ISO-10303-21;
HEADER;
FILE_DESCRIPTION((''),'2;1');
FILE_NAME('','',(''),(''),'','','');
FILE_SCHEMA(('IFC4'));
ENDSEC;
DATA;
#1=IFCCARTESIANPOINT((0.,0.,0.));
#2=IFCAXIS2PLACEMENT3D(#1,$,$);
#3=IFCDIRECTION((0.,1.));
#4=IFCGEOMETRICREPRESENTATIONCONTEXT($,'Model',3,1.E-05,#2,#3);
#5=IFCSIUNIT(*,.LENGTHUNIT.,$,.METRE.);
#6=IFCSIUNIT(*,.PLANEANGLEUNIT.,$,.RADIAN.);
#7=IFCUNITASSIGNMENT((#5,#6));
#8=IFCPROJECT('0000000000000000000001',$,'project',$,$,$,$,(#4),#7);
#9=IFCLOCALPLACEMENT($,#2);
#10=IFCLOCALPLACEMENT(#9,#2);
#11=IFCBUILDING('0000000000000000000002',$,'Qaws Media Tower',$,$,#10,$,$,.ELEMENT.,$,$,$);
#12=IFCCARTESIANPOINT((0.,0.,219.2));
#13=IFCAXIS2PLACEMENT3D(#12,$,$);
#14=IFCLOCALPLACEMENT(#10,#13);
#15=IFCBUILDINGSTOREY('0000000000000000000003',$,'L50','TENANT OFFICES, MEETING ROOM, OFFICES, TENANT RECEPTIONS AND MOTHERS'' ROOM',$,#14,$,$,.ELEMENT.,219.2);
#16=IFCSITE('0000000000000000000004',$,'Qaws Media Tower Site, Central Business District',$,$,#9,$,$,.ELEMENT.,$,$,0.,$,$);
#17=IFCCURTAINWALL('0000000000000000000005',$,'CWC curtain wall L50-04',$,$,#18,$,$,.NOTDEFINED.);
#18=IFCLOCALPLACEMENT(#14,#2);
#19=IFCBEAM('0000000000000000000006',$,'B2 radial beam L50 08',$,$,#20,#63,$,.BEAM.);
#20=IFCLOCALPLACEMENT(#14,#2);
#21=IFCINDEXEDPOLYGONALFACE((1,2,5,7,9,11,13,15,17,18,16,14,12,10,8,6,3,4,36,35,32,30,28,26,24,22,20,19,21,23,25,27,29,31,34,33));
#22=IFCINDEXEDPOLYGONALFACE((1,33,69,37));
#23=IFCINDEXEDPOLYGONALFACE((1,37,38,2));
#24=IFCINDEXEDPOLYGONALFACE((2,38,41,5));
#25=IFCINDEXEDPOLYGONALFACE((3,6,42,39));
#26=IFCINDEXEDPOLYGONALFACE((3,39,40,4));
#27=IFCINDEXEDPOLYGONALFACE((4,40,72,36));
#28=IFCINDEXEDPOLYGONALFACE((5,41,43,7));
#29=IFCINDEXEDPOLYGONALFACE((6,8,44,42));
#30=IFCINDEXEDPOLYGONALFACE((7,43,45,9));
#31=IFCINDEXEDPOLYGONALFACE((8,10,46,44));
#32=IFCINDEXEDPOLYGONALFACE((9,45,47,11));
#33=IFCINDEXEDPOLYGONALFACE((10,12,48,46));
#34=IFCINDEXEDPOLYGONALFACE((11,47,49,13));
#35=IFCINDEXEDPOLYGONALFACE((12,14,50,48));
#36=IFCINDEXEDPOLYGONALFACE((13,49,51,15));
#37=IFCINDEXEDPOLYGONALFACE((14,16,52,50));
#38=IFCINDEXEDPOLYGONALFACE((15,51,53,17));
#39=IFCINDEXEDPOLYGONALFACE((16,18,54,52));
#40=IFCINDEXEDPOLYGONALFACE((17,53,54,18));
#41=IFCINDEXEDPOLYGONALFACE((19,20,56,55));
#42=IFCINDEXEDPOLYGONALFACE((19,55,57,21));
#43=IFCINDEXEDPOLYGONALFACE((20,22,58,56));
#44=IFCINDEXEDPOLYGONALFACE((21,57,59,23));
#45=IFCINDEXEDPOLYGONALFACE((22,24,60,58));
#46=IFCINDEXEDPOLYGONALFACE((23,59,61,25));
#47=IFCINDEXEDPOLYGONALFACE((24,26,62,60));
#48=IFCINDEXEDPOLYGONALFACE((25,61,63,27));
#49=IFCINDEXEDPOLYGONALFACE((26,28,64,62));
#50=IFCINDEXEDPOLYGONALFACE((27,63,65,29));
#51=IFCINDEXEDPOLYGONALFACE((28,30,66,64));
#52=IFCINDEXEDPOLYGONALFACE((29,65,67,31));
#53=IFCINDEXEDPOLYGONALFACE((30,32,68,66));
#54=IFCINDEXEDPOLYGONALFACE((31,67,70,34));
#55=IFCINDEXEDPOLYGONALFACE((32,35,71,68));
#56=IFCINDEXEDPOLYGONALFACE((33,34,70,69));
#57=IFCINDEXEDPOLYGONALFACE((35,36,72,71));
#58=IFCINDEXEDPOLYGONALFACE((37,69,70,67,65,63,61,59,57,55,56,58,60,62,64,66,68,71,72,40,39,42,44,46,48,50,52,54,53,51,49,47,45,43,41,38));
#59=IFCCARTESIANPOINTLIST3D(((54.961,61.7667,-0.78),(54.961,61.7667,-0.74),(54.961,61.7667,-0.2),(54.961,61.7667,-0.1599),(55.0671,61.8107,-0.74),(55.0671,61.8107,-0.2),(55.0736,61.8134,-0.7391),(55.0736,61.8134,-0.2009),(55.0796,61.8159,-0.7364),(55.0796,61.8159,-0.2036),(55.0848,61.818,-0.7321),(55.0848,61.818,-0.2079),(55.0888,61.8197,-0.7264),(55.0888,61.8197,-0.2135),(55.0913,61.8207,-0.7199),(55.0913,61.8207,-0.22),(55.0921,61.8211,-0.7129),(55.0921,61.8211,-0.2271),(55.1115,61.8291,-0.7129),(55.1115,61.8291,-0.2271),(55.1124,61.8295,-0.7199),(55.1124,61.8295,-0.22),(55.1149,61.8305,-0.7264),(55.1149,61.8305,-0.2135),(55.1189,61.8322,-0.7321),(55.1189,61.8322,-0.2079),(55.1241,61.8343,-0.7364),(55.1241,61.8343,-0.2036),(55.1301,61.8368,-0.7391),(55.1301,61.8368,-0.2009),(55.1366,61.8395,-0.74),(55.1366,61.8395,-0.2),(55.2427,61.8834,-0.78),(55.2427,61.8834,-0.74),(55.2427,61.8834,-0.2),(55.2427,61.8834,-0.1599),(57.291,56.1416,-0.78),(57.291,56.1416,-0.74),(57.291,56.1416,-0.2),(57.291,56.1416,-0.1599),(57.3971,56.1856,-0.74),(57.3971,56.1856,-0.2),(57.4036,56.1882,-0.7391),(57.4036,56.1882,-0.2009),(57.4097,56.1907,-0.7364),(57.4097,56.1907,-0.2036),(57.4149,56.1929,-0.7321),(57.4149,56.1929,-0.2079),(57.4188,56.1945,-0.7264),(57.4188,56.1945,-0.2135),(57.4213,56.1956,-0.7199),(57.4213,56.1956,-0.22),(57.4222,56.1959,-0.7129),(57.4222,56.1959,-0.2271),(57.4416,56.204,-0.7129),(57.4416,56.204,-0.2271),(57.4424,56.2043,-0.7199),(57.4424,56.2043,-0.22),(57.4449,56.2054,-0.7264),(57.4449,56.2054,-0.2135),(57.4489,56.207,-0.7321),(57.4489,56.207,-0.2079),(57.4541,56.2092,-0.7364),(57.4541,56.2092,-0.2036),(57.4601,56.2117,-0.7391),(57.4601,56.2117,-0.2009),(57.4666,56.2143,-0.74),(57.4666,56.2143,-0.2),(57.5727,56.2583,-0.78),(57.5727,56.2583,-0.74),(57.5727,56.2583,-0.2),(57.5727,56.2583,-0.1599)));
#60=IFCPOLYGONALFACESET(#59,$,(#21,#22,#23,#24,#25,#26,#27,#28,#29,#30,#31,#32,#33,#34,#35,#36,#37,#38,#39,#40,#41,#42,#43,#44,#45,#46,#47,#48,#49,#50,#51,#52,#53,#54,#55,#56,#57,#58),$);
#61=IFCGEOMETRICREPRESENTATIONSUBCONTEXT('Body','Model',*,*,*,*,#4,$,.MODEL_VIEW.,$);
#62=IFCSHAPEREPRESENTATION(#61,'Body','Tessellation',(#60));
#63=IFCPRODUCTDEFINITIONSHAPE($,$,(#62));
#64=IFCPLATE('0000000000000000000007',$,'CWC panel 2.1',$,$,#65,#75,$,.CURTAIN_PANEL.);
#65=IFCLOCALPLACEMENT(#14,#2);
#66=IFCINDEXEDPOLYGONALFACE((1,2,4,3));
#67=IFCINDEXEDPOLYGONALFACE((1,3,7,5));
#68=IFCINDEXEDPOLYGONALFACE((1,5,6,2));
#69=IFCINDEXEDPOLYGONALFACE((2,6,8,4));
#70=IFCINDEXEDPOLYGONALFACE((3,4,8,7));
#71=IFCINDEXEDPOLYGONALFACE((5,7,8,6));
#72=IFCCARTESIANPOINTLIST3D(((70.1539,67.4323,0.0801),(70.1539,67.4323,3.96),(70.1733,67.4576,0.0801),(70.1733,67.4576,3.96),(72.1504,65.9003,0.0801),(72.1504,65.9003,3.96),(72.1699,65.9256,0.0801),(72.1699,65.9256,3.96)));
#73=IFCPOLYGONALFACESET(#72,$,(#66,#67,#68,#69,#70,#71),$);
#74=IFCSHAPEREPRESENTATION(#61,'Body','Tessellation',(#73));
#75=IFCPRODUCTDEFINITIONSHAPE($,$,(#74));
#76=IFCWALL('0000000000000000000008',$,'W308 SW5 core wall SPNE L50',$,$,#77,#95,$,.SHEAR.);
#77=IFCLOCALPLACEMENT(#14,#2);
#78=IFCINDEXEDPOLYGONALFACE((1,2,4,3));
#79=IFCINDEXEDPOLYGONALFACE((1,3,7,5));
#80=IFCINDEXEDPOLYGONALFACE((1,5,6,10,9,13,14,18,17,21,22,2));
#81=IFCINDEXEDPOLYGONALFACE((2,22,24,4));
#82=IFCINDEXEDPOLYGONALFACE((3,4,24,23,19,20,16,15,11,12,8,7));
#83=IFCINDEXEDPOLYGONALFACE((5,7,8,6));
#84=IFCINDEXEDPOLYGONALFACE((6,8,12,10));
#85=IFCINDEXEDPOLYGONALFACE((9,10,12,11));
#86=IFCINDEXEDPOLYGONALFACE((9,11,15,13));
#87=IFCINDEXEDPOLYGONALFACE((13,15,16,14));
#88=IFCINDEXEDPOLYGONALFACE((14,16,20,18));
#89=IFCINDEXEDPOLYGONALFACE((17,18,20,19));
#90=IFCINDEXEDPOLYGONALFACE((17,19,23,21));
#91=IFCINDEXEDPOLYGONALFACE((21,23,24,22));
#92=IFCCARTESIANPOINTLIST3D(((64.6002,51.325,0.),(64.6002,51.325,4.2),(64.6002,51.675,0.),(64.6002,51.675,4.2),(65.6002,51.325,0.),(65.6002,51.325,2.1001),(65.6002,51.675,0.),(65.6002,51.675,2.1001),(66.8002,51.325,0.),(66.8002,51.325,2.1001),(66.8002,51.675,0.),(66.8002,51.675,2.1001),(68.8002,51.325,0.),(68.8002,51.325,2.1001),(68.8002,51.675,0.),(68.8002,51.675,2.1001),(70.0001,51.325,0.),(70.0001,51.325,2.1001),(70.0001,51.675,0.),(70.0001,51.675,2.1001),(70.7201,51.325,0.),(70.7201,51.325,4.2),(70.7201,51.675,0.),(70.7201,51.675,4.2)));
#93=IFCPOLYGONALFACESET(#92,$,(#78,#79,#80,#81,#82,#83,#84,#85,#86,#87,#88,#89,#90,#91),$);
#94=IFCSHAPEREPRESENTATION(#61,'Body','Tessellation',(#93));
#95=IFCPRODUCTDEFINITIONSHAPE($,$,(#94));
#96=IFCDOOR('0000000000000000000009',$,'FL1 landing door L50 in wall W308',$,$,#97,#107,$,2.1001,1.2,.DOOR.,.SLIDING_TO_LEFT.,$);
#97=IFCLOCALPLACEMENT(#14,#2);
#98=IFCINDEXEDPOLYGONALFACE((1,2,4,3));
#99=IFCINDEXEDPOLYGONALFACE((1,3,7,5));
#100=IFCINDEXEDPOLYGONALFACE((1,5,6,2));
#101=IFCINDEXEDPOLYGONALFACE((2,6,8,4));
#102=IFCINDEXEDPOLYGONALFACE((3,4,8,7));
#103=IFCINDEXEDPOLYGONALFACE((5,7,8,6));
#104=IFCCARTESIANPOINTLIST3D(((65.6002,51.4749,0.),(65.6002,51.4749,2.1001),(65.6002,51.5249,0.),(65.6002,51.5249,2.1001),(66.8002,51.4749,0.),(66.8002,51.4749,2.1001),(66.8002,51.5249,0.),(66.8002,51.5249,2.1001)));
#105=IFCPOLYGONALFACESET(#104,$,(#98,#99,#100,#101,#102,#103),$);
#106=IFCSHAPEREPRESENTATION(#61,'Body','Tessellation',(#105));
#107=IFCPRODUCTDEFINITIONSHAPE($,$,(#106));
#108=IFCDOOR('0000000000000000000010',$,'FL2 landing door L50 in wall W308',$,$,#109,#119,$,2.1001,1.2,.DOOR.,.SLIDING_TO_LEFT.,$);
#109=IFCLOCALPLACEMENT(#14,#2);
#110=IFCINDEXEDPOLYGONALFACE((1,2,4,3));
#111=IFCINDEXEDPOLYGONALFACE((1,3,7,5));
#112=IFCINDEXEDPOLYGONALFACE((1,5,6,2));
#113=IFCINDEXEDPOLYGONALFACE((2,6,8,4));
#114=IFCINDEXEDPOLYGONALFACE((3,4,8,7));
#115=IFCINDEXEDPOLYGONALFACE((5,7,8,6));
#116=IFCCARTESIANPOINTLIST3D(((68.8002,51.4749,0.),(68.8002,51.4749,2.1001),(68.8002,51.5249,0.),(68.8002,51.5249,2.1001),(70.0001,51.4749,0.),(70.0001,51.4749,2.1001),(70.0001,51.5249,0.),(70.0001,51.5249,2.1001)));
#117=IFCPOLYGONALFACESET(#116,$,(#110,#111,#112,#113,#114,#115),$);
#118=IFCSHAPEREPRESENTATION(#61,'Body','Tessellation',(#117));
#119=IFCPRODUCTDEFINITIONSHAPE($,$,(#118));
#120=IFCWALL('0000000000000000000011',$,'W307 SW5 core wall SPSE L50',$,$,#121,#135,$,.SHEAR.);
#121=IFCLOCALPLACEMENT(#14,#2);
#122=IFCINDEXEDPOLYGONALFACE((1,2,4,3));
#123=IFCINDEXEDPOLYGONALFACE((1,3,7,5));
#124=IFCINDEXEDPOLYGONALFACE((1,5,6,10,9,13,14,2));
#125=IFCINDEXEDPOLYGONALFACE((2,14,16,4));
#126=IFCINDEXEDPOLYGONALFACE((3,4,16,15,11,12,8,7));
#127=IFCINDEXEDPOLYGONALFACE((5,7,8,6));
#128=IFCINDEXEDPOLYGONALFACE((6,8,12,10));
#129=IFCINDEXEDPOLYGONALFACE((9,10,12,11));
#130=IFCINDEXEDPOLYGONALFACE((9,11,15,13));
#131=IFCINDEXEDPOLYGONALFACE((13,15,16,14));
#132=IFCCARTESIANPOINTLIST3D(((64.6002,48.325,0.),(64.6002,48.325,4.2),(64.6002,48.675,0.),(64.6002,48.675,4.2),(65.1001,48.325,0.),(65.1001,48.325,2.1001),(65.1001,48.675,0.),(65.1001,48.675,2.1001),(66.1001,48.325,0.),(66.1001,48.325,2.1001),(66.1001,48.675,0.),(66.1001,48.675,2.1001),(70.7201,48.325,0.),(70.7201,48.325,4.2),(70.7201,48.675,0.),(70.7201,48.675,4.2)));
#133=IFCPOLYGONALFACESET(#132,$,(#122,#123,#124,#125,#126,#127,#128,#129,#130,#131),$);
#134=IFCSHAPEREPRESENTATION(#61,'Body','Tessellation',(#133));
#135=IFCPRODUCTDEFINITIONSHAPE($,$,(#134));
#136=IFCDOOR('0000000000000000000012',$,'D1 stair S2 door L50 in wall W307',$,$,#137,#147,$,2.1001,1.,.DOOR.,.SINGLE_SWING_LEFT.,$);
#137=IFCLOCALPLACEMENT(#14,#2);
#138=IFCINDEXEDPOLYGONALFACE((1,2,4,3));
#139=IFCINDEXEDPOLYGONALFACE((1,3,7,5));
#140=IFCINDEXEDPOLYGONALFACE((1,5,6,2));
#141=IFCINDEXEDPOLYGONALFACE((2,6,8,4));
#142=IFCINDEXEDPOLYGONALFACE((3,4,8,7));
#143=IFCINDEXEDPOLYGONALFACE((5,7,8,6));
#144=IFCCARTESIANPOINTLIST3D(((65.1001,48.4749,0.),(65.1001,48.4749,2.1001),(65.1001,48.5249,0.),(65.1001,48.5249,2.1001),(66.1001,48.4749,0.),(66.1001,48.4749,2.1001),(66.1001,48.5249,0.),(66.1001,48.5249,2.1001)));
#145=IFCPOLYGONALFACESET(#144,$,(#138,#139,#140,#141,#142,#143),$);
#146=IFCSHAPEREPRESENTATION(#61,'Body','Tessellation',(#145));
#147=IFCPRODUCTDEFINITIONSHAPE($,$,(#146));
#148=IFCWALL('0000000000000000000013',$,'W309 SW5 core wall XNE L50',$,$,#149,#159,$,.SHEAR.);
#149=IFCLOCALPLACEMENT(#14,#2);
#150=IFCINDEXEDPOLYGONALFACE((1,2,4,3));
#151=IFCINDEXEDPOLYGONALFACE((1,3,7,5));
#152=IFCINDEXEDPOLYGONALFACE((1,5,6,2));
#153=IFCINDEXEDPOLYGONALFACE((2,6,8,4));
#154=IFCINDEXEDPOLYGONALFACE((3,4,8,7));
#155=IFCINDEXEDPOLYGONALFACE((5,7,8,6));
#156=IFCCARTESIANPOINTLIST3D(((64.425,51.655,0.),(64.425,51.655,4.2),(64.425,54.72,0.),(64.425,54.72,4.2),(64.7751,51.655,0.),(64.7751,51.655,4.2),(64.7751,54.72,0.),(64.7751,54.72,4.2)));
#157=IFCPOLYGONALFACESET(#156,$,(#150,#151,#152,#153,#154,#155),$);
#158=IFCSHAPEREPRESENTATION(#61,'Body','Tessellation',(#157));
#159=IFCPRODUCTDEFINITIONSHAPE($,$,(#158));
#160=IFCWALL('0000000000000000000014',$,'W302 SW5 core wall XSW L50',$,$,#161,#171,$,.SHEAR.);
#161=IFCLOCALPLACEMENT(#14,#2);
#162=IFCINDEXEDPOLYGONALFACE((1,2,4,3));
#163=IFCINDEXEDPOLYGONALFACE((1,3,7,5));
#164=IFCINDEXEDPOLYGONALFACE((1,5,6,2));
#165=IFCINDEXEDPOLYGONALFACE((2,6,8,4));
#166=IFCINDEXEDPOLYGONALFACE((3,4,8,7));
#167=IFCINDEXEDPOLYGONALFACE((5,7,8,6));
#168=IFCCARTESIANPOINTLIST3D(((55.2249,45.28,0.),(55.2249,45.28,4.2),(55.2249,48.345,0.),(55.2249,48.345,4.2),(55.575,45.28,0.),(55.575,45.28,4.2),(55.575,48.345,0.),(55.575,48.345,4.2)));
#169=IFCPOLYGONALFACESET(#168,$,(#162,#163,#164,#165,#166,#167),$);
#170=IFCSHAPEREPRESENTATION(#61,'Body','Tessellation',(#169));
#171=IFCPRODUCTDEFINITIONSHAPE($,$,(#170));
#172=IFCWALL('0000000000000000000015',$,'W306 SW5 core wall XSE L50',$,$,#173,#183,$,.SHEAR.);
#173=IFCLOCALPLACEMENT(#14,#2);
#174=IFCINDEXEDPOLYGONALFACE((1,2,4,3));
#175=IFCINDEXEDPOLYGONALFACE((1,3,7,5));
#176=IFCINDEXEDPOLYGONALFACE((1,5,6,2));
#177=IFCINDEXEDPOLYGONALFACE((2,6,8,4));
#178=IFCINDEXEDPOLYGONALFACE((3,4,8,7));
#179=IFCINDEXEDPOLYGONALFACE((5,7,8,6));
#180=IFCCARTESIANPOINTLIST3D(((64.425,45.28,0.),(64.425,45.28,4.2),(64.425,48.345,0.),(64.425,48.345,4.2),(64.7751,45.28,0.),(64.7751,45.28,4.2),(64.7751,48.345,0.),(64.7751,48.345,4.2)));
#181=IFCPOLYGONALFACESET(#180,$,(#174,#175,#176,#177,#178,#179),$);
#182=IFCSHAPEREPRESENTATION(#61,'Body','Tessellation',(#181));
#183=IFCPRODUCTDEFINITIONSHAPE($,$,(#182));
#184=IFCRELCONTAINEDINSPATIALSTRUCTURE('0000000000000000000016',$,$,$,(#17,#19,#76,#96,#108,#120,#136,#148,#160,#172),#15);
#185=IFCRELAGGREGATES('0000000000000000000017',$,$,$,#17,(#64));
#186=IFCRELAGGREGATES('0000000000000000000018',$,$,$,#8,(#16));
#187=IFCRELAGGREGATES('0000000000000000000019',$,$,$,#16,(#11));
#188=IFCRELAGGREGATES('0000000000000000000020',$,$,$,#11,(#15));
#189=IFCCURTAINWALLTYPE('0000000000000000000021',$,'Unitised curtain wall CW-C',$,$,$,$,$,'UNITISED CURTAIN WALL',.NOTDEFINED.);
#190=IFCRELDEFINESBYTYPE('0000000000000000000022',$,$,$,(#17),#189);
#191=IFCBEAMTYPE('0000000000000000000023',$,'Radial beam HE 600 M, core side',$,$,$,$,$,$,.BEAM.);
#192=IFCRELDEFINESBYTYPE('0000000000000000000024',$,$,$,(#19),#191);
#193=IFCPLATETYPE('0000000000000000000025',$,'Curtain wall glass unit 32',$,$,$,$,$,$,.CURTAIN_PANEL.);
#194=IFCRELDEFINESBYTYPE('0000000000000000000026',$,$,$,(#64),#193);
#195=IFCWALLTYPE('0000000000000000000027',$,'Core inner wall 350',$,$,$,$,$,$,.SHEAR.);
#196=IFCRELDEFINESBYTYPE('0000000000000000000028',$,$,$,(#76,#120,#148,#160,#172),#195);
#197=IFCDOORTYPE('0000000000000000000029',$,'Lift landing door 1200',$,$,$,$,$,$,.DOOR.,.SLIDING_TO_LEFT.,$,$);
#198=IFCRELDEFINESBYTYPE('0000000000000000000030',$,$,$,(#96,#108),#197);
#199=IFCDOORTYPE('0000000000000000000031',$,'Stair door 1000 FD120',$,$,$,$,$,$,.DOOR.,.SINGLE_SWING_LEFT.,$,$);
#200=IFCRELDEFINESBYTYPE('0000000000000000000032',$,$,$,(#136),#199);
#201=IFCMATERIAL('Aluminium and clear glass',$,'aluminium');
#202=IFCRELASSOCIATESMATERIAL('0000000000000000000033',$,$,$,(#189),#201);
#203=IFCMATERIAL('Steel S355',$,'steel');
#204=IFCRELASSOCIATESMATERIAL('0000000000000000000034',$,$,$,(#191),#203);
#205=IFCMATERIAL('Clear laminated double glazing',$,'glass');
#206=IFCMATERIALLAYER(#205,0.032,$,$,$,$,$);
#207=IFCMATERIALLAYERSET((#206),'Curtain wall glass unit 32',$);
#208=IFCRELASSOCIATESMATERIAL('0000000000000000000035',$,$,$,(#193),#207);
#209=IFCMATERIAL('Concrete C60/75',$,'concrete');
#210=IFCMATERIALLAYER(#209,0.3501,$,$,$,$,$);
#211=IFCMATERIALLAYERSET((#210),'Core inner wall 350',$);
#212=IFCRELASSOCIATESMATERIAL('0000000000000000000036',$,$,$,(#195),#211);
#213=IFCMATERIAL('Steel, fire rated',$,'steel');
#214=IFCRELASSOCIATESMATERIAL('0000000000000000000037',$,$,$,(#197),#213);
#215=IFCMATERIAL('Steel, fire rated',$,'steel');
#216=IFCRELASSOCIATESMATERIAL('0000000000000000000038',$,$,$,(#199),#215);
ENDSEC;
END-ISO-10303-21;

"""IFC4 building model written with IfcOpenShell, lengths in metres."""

from ifc_helpers import new_model, si_unit, direction, frame, frame_2d, origin, origin_2d, place, context, subcontext, project, spatial, rectangle, i_section, extrude, material, layer, layer_set, material_profile, profile_set, type_object, element, fill, aggregate, save


model = new_model("IFC4")

# Units and contexts
model_context = context("Model", 3, precision=1e-05, world=origin(), true_north=direction((0.0, 1.0)))
body_context = subcontext(model_context, "Body", "Model", "MODEL_VIEW")
ifc_project = project(units=[si_unit("LENGTHUNIT", "METRE"), si_unit("PLANEANGLEUNIT", "RADIAN")], contexts=[model_context])

# Site, building, storey
site_placement = place(None, origin())
site = spatial("IfcSite", under=ifc_project, at=site_placement, Name="Qaws Media Tower Site, Central Business District", CompositionType="ELEMENT", RefElevation=0.0)
building_placement = place(site_placement, origin())
building = spatial("IfcBuilding", under=site, at=building_placement, Name="Qaws Media Tower", CompositionType="ELEMENT")
storey_placement = place(building_placement, frame((0.0, 0.0, 219.2)))
storey = spatial("IfcBuildingStorey", under=building, at=storey_placement, Name="L50", Description="TENANT OFFICES, MEETING ROOM, OFFICES, TENANT RECEPTIONS AND MOTHERS' ROOM", CompositionType="ELEMENT", Elevation=219.2)

# Curtain wall
ifc_material_1 = material(Name="Aluminium and clear glass", Category="aluminium")
curtain_wall_type = type_object("IfcCurtainWallType", Name="Unitised curtain wall CW-C", ElementType="UNITISED CURTAIN WALL", PredefinedType="NOTDEFINED", material=ifc_material_1)
curtain_wall_1_placement = place(storey_placement, origin())
curtain_wall_1 = element("IfcCurtainWall", 1, at=curtain_wall_1_placement, inside=storey, type_object=curtain_wall_type, Name="CWC curtain wall L50-04", PredefinedType="NOTDEFINED")

# Beam
ifc_material_2 = material(Name="Steel S355", Category="steel")
ifc_material_profile_1 = material_profile(ifc_material_2, i_section(OverallWidth=0.3049, OverallDepth=0.6201, WebThickness=0.021, FlangeThickness=0.04, FilletRadius=0.0271, at=origin_2d()), Name="HE 600 M")
ifc_profile_set_1 = profile_set([ifc_material_profile_1], Name="Steel S355")
beam_type_1 = type_object("IfcBeamType", Name="Radial beam HE 600 M, core side", PredefinedType="BEAM", material=ifc_profile_set_1)
beam_1_placement = place(storey_placement, frame((57.4319, 56.2, -0.47), z_axis=(-0.382687, 0.923878, 0.0), x_axis=(-0.923878, -0.382687, 0.0)))
element("IfcBeam", 2, at=beam_1_placement, inside=storey, type_object=beam_type_1, Name="B2 radial beam L50 08", PredefinedType="BEAM", context=body_context, shape_type="SweptSolid", body=[
    extrude(i_section(OverallWidth=0.3049, OverallDepth=0.6201, WebThickness=0.021, FlangeThickness=0.04, FilletRadius=0.0271, at=origin_2d()), origin(), (0.0, 0.0, 1.0), 6.0886),
])

# Plate
ifc_material_3 = material(Name="Clear laminated double glazing", Category="glass")
ifc_layer_1 = layer(ifc_material_3, 0.032)
ifc_layer_set_1 = layer_set([ifc_layer_1], Name="Curtain wall glass unit 32")
plate_type = type_object("IfcPlateType", Name="Curtain wall glass unit 32", PredefinedType="CURTAIN_PANEL", material=ifc_layer_set_1)
plate_placement = place(storey_placement, frame((71.1619, 66.679, 0.0801), z_axis=(0.0, 0.0, 1.0), x_axis=(-0.793353, 0.608761, 0.0)))
plate = element("IfcPlate", 3, at=plate_placement, type_object=plate_type, Name="CWC panel 2.1", PredefinedType="CURTAIN_PANEL", context=body_context, shape_type="SweptSolid", body=[
    extrude(rectangle(XDim=2.5166, YDim=0.032, at=origin_2d()), origin(), (0.0, 0.0, 1.0), 3.8799),
])
aggregate(curtain_wall_1, [plate])

# Wall, openings, doors
ifc_material_4 = material(Name="Concrete C60/75", Category="concrete")
ifc_layer_2 = layer(ifc_material_4, 0.3501)
ifc_layer_set_2 = layer_set([ifc_layer_2], Name="Core inner wall 350")
wall_type_1 = type_object("IfcWallType", Name="Core inner wall 350", PredefinedType="SHEAR", material=ifc_layer_set_2)
wall_1_placement = place(storey_placement, frame((64.6001, 51.5, 0.0), z_axis=(0.0, 0.0, 1.0), x_axis=(1.0, 0.0, 0.0)))
wall_1 = element("IfcWall", 4, at=wall_1_placement, inside=storey, type_object=wall_type_1, Name="W308 SW5 core wall SPNE L50", PredefinedType="SHEAR", context=body_context, shape_type="SweptSolid", body=[
    extrude(rectangle(XDim=6.1199, YDim=0.3501, at=frame_2d((3.0601, 0.0))), origin(), (0.0, 0.0, 1.0), 4.2),
])
opening_1_placement = place(wall_1_placement, frame((1.0, 0.0, 0.0)))
opening_1 = element("IfcOpeningElement", 5, at=opening_1_placement, cuts=wall_1, PredefinedType="OPENING", context=body_context, shape_type="SweptSolid", body=[
    extrude(rectangle(XDim=1.2, YDim=2.1001, at=frame_2d((0.6001, 1.05))), frame((0.0, 0.1851, 0.0), z_axis=(0.0, -1.0, 0.0), x_axis=(1.0, 0.0, 0.0)), (0.0, 0.0, 1.0), 0.3701),
])
opening_2_placement = place(wall_1_placement, frame((4.2, 0.0, 0.0)))
opening_2 = element("IfcOpeningElement", 6, at=opening_2_placement, cuts=wall_1, PredefinedType="OPENING", context=body_context, shape_type="SweptSolid", body=[
    extrude(rectangle(XDim=1.2, YDim=2.1001, at=frame_2d((0.6001, 1.05))), frame((0.0, 0.1851, 0.0), z_axis=(0.0, -1.0, 0.0), x_axis=(1.0, 0.0, 0.0)), (0.0, 0.0, 1.0), 0.3701),
])
ifc_material_5 = material(Name="Steel, fire rated", Category="steel")
door_type_1 = type_object("IfcDoorType", Name="Lift landing door 1200", OperationType="SLIDING_TO_LEFT", PredefinedType="DOOR", material=ifc_material_5)
door_1_placement = place(opening_1_placement, origin())
door_1 = element("IfcDoor", 7, at=door_1_placement, inside=storey, type_object=door_type_1, Name="FL1 landing door L50 in wall W308", OperationType="SLIDING_TO_LEFT", OverallHeight=2.1001, OverallWidth=1.2, PredefinedType="DOOR", context=body_context, shape_type="SweptSolid", body=[
    extrude(rectangle(XDim=1.2, YDim=2.1001, at=frame_2d((0.6001, 1.05))), frame((0.0, 0.0249, 0.0), z_axis=(0.0, -1.0, 0.0), x_axis=(1.0, 0.0, 0.0)), (0.0, 0.0, 1.0), 0.05),
])
fill(opening_1, door_1)
door_2_placement = place(opening_2_placement, origin())
door_2 = element("IfcDoor", 8, at=door_2_placement, inside=storey, type_object=door_type_1, Name="FL2 landing door L50 in wall W308", OperationType="SLIDING_TO_LEFT", OverallHeight=2.1001, OverallWidth=1.2, PredefinedType="DOOR", context=body_context, shape_type="SweptSolid", body=[
    extrude(rectangle(XDim=1.2, YDim=2.1001, at=frame_2d((0.6001, 1.05))), frame((0.0, 0.0249, 0.0), z_axis=(0.0, -1.0, 0.0), x_axis=(1.0, 0.0, 0.0)), (0.0, 0.0, 1.0), 0.05),
])
fill(opening_2, door_2)

# Wall, opening, door
wall_2_placement = place(storey_placement, frame((64.6001, 48.5, 0.0), z_axis=(0.0, 0.0, 1.0), x_axis=(1.0, 0.0, 0.0)))
wall_2 = element("IfcWall", 9, at=wall_2_placement, inside=storey, type_object=wall_type_1, Name="W307 SW5 core wall SPSE L50", PredefinedType="SHEAR", context=body_context, shape_type="SweptSolid", body=[
    extrude(rectangle(XDim=6.1199, YDim=0.3501, at=frame_2d((3.0601, 0.0))), origin(), (0.0, 0.0, 1.0), 4.2),
])
opening_3_placement = place(wall_2_placement, frame((0.5, 0.0, 0.0)))
opening_3 = element("IfcOpeningElement", 10, at=opening_3_placement, cuts=wall_2, PredefinedType="OPENING", context=body_context, shape_type="SweptSolid", body=[
    extrude(rectangle(XDim=1.0, YDim=2.1001, at=frame_2d((0.5, 1.05))), frame((0.0, 0.1851, 0.0), z_axis=(0.0, -1.0, 0.0), x_axis=(1.0, 0.0, 0.0)), (0.0, 0.0, 1.0), 0.3701),
])
ifc_material_6 = material(Name="Steel, fire rated", Category="steel")
door_type_2 = type_object("IfcDoorType", Name="Stair door 1000 FD120", OperationType="SINGLE_SWING_LEFT", PredefinedType="DOOR", material=ifc_material_6)
door_3_placement = place(opening_3_placement, origin())
door_3 = element("IfcDoor", 11, at=door_3_placement, inside=storey, type_object=door_type_2, Name="D1 stair S2 door L50 in wall W307", OperationType="SINGLE_SWING_LEFT", OverallHeight=2.1001, OverallWidth=1.0, PredefinedType="DOOR", context=body_context, shape_type="SweptSolid", body=[
    extrude(rectangle(XDim=1.0, YDim=2.1001, at=frame_2d((0.5, 1.05))), frame((0.0, 0.0249, 0.0), z_axis=(0.0, -1.0, 0.0), x_axis=(1.0, 0.0, 0.0)), (0.0, 0.0, 1.0), 0.05),
])
fill(opening_3, door_3)

# Walls
for number, where, z_axis, x_axis, name in (
    (12, (64.6001, 51.655, 0.0), (0.0, 0.0, 1.0), (0.0, 1.0, 0.0), "W309 SW5 core wall XNE L50"),
    (13, (55.3999, 48.345, 0.0), (0.0, 0.0, 1.0), (0.0, -1.0, 0.0), "W302 SW5 core wall XSW L50"),
    (14, (64.6001, 48.345, 0.0), (0.0, 0.0, 1.0), (0.0, -1.0, 0.0), "W306 SW5 core wall XSE L50"),
):
    element("IfcWall", number, at=place(storey_placement, frame(where, z_axis=z_axis, x_axis=x_axis)), inside=storey, type_object=wall_type_1, Name=name, PredefinedType="SHEAR", context=body_context, shape_type="SweptSolid", body=[
        extrude(rectangle(XDim=3.0649, YDim=0.3501, at=frame_2d((1.5325, 0.0))), origin(), (0.0, 0.0, 1.0), 4.2),
    ])

save(model, "model.ifc")
